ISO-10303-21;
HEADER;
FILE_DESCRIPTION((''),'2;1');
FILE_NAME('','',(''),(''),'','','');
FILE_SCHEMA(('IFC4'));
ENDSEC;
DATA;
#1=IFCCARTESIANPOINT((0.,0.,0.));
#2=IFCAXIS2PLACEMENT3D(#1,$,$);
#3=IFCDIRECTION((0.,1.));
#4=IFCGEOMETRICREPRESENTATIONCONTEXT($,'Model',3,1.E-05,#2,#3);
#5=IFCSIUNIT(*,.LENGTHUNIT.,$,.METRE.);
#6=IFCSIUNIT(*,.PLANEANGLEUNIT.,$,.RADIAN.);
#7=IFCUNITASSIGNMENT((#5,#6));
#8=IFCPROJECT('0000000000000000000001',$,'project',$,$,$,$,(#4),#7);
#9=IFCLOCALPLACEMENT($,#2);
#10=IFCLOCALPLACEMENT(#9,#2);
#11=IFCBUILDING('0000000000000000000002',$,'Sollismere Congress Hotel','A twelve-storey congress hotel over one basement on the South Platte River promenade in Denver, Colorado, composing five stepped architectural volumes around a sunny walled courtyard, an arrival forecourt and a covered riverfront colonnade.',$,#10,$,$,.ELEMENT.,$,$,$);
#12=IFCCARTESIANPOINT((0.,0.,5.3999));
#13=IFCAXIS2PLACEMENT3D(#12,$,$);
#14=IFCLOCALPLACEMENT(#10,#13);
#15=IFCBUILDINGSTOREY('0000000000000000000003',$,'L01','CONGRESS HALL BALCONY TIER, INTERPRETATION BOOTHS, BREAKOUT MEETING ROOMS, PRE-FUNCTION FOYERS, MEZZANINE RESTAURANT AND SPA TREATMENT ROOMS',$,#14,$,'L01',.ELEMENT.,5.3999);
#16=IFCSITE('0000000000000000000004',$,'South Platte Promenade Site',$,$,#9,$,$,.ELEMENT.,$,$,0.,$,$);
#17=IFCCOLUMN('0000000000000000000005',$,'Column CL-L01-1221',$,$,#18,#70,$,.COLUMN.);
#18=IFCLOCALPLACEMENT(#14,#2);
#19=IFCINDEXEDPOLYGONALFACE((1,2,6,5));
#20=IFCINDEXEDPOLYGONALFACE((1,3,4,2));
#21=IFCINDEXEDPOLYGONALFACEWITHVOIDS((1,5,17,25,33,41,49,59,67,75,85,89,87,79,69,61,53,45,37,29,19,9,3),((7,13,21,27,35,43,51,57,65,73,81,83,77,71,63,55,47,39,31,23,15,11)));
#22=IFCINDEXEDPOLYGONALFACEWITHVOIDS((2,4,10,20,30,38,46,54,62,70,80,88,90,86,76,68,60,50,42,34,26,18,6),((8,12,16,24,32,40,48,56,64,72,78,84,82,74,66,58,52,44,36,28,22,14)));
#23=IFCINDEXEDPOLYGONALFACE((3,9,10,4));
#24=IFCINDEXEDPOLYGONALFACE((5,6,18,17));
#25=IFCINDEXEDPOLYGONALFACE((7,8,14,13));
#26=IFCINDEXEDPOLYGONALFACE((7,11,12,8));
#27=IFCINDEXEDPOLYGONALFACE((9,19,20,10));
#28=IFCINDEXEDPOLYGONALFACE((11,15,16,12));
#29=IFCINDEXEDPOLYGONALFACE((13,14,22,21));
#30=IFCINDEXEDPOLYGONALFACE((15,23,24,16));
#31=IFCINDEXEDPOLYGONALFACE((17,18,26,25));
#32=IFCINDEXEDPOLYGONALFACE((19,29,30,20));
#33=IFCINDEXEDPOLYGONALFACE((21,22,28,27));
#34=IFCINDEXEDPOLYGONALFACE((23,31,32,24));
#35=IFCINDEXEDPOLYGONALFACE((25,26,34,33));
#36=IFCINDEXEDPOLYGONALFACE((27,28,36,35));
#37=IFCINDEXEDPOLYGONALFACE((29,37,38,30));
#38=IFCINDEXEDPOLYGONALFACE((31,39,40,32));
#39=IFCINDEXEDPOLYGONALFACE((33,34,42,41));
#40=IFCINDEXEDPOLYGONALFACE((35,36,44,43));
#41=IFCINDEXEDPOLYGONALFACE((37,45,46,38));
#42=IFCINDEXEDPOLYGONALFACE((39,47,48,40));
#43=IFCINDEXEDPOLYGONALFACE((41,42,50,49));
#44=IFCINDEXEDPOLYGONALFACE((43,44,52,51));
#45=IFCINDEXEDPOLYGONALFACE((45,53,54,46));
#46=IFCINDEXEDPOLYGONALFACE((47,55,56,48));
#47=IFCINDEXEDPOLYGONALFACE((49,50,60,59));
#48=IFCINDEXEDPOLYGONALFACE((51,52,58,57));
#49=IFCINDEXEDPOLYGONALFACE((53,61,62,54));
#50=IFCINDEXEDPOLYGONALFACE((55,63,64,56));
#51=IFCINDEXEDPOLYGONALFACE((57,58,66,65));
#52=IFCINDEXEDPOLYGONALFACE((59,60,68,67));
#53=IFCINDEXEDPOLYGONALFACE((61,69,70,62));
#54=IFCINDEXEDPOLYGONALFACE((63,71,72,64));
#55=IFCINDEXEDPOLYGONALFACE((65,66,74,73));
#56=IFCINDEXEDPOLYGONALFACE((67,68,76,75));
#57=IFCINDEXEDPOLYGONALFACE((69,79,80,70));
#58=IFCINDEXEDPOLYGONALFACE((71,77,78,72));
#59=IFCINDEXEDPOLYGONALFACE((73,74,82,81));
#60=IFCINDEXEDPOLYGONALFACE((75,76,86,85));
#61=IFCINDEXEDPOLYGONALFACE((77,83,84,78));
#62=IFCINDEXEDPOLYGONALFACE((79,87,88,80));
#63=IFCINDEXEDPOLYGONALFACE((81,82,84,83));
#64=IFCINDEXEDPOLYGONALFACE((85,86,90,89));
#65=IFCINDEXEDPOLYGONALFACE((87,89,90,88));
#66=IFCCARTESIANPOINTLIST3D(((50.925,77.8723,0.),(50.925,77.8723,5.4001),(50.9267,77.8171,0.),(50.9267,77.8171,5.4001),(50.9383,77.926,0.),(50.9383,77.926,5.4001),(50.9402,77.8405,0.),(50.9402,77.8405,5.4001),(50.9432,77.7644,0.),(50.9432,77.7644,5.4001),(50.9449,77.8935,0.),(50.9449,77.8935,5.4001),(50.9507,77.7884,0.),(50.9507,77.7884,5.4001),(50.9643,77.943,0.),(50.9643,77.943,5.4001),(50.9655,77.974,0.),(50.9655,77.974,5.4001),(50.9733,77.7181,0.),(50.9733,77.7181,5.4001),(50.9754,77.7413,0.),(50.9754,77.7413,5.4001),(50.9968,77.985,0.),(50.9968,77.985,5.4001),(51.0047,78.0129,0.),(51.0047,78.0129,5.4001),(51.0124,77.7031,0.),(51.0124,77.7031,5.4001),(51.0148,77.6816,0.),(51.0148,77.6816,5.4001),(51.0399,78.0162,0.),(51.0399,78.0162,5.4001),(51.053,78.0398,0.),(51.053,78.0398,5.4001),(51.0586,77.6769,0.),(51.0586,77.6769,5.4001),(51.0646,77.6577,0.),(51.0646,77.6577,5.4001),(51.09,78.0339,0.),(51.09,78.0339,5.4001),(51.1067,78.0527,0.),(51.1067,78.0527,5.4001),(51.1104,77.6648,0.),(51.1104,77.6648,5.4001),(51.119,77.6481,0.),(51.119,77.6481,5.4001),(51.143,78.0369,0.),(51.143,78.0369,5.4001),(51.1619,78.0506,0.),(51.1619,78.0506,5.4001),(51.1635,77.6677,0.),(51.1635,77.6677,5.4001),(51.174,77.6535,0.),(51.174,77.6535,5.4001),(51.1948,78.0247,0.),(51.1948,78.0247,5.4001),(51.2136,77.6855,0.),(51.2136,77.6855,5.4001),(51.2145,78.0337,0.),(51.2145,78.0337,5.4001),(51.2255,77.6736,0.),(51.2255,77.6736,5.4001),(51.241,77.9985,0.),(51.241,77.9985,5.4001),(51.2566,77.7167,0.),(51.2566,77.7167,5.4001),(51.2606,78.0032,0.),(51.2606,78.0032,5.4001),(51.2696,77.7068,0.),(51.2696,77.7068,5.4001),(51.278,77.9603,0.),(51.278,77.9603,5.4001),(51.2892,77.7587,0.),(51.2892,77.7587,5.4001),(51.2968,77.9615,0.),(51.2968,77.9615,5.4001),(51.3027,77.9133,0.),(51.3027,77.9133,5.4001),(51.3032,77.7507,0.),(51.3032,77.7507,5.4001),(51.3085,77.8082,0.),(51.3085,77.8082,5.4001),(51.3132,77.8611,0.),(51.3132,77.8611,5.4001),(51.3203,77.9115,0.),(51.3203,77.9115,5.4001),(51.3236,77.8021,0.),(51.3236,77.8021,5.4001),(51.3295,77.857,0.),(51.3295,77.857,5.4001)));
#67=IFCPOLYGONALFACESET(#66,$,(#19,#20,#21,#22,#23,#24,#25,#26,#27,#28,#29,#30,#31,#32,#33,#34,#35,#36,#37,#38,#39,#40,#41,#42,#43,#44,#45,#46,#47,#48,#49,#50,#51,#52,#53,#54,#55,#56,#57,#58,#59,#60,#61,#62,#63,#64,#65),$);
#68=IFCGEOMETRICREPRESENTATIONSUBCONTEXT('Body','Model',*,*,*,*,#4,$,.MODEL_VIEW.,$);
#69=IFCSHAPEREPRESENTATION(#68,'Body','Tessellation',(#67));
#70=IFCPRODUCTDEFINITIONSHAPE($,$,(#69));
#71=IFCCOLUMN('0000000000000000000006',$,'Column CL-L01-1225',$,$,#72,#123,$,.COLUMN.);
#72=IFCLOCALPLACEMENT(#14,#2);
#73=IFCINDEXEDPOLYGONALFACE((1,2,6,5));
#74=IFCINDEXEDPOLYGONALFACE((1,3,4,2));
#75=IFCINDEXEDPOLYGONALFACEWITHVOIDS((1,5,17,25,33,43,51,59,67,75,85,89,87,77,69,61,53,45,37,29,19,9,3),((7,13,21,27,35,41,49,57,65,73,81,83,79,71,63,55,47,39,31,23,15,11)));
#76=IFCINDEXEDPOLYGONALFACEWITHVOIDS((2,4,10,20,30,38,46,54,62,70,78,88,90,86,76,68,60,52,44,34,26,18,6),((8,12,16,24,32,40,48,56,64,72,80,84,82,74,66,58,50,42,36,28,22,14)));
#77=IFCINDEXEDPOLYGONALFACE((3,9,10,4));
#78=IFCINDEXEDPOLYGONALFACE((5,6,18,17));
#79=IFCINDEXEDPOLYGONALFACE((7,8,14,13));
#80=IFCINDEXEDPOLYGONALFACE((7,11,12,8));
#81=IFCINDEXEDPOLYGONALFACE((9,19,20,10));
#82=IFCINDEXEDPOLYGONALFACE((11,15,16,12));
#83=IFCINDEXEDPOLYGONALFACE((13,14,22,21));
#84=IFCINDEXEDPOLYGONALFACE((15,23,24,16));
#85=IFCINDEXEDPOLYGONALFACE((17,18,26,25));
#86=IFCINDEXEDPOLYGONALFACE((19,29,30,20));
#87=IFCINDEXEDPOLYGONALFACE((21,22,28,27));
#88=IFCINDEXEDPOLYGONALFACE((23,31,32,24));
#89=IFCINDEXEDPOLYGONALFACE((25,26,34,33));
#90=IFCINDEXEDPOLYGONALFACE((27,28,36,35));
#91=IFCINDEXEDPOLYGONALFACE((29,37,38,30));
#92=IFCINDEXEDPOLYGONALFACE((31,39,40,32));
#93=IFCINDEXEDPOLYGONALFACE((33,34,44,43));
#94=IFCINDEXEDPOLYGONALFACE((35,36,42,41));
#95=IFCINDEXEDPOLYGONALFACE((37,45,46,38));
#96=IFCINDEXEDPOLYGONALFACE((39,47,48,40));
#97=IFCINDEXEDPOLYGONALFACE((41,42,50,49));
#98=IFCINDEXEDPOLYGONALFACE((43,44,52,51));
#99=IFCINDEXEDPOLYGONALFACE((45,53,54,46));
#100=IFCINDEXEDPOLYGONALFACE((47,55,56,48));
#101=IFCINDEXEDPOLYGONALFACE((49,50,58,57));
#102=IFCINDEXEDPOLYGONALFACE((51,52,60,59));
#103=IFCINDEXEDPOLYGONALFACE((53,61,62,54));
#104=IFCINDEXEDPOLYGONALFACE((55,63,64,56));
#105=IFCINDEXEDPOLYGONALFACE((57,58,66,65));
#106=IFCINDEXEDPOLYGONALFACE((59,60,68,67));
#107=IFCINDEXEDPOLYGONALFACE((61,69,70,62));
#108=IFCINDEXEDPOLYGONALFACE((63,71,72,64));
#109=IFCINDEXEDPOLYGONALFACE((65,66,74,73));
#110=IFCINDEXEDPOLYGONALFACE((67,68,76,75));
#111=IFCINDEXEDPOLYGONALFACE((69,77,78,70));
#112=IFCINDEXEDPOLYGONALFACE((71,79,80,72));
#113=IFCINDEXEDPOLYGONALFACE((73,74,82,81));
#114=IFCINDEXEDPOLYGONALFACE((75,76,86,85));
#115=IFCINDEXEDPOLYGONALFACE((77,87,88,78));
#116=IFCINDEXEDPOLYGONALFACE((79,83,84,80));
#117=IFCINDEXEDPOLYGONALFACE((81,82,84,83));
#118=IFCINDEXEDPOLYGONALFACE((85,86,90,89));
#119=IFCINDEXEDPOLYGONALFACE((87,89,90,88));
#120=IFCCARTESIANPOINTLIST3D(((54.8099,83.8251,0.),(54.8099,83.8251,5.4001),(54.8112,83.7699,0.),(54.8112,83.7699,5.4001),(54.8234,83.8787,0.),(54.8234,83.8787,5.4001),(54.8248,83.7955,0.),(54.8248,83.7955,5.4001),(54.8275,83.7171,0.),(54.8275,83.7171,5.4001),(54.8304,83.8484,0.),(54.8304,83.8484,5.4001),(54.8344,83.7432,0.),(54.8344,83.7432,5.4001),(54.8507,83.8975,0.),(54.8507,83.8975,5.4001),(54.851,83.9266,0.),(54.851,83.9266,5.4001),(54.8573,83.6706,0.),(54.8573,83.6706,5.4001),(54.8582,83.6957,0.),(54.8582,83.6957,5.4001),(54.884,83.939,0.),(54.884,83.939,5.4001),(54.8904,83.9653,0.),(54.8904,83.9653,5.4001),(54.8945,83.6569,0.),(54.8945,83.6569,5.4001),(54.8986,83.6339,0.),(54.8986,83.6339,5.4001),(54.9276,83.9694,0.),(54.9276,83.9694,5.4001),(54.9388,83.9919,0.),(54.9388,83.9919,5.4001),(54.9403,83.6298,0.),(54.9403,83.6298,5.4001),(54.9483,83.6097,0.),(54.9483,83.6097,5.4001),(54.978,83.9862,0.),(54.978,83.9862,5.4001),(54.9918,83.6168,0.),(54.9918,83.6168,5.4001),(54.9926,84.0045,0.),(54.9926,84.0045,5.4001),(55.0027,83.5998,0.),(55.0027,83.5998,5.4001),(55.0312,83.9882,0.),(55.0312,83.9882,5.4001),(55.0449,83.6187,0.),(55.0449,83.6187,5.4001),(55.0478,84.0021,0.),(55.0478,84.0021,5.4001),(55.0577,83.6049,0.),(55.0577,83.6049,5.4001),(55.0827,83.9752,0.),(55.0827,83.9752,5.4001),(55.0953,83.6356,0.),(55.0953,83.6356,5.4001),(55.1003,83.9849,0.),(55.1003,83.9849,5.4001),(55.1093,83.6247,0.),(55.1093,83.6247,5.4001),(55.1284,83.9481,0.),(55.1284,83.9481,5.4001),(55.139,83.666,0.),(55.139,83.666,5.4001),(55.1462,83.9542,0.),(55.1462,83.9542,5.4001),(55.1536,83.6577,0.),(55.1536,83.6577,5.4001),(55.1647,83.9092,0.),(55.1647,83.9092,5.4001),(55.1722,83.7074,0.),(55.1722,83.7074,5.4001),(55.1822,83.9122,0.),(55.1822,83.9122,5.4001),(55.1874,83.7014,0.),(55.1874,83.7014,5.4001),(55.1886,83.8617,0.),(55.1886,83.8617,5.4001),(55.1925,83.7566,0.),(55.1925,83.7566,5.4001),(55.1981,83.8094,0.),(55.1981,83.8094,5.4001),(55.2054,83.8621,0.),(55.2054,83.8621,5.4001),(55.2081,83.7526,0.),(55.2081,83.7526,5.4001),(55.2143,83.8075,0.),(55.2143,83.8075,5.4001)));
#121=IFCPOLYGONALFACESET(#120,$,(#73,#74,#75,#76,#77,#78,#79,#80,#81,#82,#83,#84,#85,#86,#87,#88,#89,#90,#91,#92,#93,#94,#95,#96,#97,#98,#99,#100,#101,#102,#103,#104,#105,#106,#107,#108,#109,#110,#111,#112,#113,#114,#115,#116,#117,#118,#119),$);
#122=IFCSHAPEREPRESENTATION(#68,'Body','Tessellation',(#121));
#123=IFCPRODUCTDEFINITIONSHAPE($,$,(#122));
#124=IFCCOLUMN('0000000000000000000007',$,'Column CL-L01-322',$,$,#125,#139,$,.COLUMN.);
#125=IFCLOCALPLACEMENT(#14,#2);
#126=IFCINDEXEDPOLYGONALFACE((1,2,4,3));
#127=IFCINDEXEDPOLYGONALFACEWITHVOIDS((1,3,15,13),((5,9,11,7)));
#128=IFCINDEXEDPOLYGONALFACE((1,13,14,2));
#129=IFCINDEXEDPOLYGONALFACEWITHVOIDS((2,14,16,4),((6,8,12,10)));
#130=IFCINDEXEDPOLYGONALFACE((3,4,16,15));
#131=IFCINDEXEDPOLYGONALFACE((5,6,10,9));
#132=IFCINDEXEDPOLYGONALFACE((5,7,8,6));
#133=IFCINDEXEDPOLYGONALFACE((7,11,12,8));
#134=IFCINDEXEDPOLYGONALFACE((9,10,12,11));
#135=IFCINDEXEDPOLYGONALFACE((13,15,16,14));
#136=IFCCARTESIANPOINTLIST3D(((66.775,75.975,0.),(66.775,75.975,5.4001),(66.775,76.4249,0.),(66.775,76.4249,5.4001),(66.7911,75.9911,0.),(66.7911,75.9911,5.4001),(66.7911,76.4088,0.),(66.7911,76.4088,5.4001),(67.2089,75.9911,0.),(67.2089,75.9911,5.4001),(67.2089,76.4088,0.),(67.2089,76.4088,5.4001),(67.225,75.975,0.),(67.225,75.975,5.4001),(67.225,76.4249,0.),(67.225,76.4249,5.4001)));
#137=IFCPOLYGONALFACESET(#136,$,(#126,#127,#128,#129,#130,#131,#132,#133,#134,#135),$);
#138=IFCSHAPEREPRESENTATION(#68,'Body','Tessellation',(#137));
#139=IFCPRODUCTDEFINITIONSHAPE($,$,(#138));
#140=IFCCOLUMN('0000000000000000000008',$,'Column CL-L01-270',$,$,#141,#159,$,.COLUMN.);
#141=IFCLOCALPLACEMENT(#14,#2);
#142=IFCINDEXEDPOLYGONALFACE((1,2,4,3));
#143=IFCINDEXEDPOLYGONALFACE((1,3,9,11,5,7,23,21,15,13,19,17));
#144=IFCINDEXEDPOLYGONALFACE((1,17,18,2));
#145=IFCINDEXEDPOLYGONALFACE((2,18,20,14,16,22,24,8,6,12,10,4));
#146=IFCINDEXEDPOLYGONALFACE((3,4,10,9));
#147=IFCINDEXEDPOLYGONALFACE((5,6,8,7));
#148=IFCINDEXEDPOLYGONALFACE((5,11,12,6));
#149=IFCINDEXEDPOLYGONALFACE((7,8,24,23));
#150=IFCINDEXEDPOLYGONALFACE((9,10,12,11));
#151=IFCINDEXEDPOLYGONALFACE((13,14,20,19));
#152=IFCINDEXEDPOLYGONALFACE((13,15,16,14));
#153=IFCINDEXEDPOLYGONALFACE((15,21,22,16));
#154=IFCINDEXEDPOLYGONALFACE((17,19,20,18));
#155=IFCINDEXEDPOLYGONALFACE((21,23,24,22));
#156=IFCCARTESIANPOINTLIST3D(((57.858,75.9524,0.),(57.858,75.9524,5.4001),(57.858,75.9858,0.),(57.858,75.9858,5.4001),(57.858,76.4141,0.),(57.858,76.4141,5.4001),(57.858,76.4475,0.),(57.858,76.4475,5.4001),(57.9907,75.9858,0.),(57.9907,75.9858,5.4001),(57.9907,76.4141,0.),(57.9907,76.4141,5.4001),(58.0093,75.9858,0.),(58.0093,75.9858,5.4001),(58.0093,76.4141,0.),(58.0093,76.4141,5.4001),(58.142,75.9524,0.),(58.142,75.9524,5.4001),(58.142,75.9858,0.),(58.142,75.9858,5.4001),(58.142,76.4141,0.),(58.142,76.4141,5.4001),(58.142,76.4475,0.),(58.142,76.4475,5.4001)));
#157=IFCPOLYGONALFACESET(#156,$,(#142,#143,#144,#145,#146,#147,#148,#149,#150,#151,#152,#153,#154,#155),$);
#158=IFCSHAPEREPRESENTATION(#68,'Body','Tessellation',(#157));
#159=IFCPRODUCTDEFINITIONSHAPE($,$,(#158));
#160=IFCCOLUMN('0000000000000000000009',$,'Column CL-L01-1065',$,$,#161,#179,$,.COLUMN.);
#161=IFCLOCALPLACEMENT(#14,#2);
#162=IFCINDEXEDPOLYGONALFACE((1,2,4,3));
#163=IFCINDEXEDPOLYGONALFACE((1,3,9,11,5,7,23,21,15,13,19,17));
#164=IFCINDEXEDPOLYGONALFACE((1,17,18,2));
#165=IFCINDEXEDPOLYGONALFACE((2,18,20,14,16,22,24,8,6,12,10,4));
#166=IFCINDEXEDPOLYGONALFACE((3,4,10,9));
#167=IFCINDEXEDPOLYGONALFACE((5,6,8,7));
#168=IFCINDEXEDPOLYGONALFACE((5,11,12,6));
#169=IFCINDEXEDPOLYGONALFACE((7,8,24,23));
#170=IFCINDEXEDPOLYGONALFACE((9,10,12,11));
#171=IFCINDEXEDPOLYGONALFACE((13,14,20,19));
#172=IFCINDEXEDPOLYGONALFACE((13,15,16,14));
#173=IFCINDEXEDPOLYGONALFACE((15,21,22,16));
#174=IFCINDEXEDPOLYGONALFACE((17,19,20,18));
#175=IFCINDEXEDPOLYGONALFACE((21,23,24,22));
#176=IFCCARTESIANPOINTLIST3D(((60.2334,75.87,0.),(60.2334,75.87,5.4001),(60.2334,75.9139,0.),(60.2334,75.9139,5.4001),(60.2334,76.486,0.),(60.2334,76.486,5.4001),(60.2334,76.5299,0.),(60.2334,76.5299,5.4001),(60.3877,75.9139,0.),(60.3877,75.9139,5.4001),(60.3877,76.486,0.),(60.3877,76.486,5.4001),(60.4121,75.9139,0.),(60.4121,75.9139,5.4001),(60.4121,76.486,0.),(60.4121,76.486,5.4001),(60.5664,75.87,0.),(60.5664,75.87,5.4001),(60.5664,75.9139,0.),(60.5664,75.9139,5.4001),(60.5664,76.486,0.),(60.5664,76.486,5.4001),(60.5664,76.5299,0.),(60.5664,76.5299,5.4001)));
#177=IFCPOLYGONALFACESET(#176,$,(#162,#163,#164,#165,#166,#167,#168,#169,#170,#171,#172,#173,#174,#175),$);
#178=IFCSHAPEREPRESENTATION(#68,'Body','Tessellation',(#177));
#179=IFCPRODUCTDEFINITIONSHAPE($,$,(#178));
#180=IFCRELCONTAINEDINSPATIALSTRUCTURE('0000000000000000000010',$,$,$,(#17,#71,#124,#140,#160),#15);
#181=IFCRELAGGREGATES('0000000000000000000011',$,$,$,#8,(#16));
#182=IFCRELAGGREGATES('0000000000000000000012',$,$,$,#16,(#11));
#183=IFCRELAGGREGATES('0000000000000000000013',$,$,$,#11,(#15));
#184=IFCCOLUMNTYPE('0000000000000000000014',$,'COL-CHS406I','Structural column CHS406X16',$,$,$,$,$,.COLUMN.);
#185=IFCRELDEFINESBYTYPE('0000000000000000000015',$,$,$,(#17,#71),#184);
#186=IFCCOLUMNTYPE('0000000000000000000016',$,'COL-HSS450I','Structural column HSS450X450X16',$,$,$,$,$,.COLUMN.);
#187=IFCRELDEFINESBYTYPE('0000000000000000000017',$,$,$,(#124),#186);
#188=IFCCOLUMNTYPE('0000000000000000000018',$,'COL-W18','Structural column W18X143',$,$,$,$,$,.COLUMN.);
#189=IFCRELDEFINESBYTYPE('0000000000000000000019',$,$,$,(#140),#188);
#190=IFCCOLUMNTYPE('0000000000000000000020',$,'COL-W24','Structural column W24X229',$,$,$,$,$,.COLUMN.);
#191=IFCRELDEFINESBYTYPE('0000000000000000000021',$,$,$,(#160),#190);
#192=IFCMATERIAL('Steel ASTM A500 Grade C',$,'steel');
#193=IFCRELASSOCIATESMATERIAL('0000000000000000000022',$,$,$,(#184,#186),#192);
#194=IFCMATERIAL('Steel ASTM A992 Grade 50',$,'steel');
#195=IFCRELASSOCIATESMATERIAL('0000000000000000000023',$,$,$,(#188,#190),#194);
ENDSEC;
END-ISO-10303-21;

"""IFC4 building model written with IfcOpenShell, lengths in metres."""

from ifc_helpers import new_model, si_unit, direction, frame, origin, origin_2d, place, context, subcontext, project, spatial, hollow_rectangle, hollow_circle, i_section, extrude, material, material_profile, profile_set, type_object, element, save


model = new_model("IFC4")

# Units and contexts
model_context = context("Model", 3, precision=1e-05, world=origin(), true_north=direction((0.0, 1.0)))
body_context = subcontext(model_context, "Body", "Model", "MODEL_VIEW")
ifc_project = project(units=[si_unit("LENGTHUNIT", "METRE"), si_unit("PLANEANGLEUNIT", "RADIAN")], contexts=[model_context])

# Site, building, storey
site_placement = place(None, origin())
site = spatial("IfcSite", under=ifc_project, at=site_placement, Name="South Platte Promenade Site", CompositionType="ELEMENT", RefElevation=0.0)
building_placement = place(site_placement, origin())
building = spatial("IfcBuilding", under=site, at=building_placement, Name="Sollismere Congress Hotel", Description="A twelve-storey congress hotel over one basement on the South Platte River promenade in Denver, Colorado, composing five stepped architectural volumes around a sunny walled courtyard, an arrival forecourt and a covered riverfront colonnade.", CompositionType="ELEMENT")
storey_placement = place(building_placement, frame((0.0, 0.0, 5.3999)))
storey = spatial("IfcBuildingStorey", under=building, at=storey_placement, Name="L01", Description="CONGRESS HALL BALCONY TIER, INTERPRETATION BOOTHS, BREAKOUT MEETING ROOMS, PRE-FUNCTION FOYERS, MEZZANINE RESTAURANT AND SPA TREATMENT ROOMS", LongName="L01", CompositionType="ELEMENT", Elevation=5.3999)

# Columns
ifc_material_1 = material(Name="Steel ASTM A500 Grade C", Category="steel")
ifc_material_profile_1 = material_profile(ifc_material_1, hollow_circle(Radius=0.2029, WallThickness=0.0161, at=origin_2d()), Name="CHS406X16")
ifc_profile_set_1 = profile_set([ifc_material_profile_1], Name="Steel ASTM A500 Grade C")
column_type_1 = type_object("IfcColumnType", Name="COL-CHS406I", Description="Structural column CHS406X16", PredefinedType="COLUMN", material=ifc_profile_set_1)
for number, where, z_axis, x_axis, name in (
    (1, (51.1267, 77.8508, 0.0), (0.0, 0.0, 1.0), (0.86984, -0.493335, 0.0), "Column CL-L01-1221"),
    (2, (55.0115, 83.8025, 0.0), (0.0, 0.0, 1.0), (0.969317, -0.245815, 0.0), "Column CL-L01-1225"),
):
    element("IfcColumn", number, at=place(storey_placement, frame(where, z_axis=z_axis, x_axis=x_axis)), inside=storey, type_object=column_type_1, Name=name, PredefinedType="COLUMN", context=body_context, shape_type="SweptSolid", body=[
        extrude(hollow_circle(Radius=0.2029, WallThickness=0.0161, at=origin_2d()), origin(), (0.0, 0.0, 1.0), 5.4001),
    ])
ifc_material_profile_2 = material_profile(ifc_material_1, hollow_rectangle(XDim=0.45, YDim=0.45, WallThickness=0.0161, at=origin_2d()), Name="HSS450X450X16")
ifc_profile_set_2 = profile_set([ifc_material_profile_2], Name="Steel ASTM A500 Grade C")
column_type_2 = type_object("IfcColumnType", Name="COL-HSS450I", Description="Structural column HSS450X450X16", PredefinedType="COLUMN", material=ifc_profile_set_2)
column_1_placement = place(storey_placement, frame((67.0, 76.2, 0.0), z_axis=(0.0, 0.0, 1.0), x_axis=(1.0, 0.0, 0.0)))
element("IfcColumn", 3, at=column_1_placement, inside=storey, type_object=column_type_2, Name="Column CL-L01-322", PredefinedType="COLUMN", context=body_context, shape_type="SweptSolid", body=[
    extrude(hollow_rectangle(XDim=0.45, YDim=0.45, WallThickness=0.0161, at=origin_2d()), origin(), (0.0, 0.0, 1.0), 5.4001),
])
ifc_material_2 = material(Name="Steel ASTM A992 Grade 50", Category="steel")
ifc_material_profile_3 = material_profile(ifc_material_2, i_section(OverallWidth=0.2839, OverallDepth=0.4951, WebThickness=0.0186, FlangeThickness=0.0334, at=origin_2d()), Name="W18X143")
ifc_profile_set_3 = profile_set([ifc_material_profile_3], Name="Steel ASTM A992 Grade 50")
column_type_3 = type_object("IfcColumnType", Name="COL-W18", Description="Structural column W18X143", PredefinedType="COLUMN", material=ifc_profile_set_3)
column_2_placement = place(storey_placement, frame((58.0, 76.2, 0.0), z_axis=(0.0, 0.0, 1.0), x_axis=(1.0, 0.0, 0.0)))
element("IfcColumn", 4, at=column_2_placement, inside=storey, type_object=column_type_3, Name="Column CL-L01-270", PredefinedType="COLUMN", context=body_context, shape_type="SweptSolid", body=[
    extrude(i_section(OverallWidth=0.2839, OverallDepth=0.4951, WebThickness=0.0186, FlangeThickness=0.0334, at=origin_2d()), origin(), (0.0, 0.0, 1.0), 5.4001),
])
ifc_material_profile_4 = material_profile(ifc_material_2, i_section(OverallWidth=0.333, OverallDepth=0.6599, WebThickness=0.0244, FlangeThickness=0.0439, at=origin_2d()), Name="W24X229")
ifc_profile_set_4 = profile_set([ifc_material_profile_4], Name="Steel ASTM A992 Grade 50")
column_type_4 = type_object("IfcColumnType", Name="COL-W24", Description="Structural column W24X229", PredefinedType="COLUMN", material=ifc_profile_set_4)
column_3_placement = place(storey_placement, frame((60.3999, 76.2, 0.0), z_axis=(0.0, 0.0, 1.0), x_axis=(1.0, 0.0, 0.0)))
element("IfcColumn", 5, at=column_3_placement, inside=storey, type_object=column_type_4, Name="Column CL-L01-1065", PredefinedType="COLUMN", context=body_context, shape_type="SweptSolid", body=[
    extrude(i_section(OverallWidth=0.333, OverallDepth=0.6599, WebThickness=0.0244, FlangeThickness=0.0439, at=origin_2d()), origin(), (0.0, 0.0, 1.0), 5.4001),
])

save(model, "model.ifc")
